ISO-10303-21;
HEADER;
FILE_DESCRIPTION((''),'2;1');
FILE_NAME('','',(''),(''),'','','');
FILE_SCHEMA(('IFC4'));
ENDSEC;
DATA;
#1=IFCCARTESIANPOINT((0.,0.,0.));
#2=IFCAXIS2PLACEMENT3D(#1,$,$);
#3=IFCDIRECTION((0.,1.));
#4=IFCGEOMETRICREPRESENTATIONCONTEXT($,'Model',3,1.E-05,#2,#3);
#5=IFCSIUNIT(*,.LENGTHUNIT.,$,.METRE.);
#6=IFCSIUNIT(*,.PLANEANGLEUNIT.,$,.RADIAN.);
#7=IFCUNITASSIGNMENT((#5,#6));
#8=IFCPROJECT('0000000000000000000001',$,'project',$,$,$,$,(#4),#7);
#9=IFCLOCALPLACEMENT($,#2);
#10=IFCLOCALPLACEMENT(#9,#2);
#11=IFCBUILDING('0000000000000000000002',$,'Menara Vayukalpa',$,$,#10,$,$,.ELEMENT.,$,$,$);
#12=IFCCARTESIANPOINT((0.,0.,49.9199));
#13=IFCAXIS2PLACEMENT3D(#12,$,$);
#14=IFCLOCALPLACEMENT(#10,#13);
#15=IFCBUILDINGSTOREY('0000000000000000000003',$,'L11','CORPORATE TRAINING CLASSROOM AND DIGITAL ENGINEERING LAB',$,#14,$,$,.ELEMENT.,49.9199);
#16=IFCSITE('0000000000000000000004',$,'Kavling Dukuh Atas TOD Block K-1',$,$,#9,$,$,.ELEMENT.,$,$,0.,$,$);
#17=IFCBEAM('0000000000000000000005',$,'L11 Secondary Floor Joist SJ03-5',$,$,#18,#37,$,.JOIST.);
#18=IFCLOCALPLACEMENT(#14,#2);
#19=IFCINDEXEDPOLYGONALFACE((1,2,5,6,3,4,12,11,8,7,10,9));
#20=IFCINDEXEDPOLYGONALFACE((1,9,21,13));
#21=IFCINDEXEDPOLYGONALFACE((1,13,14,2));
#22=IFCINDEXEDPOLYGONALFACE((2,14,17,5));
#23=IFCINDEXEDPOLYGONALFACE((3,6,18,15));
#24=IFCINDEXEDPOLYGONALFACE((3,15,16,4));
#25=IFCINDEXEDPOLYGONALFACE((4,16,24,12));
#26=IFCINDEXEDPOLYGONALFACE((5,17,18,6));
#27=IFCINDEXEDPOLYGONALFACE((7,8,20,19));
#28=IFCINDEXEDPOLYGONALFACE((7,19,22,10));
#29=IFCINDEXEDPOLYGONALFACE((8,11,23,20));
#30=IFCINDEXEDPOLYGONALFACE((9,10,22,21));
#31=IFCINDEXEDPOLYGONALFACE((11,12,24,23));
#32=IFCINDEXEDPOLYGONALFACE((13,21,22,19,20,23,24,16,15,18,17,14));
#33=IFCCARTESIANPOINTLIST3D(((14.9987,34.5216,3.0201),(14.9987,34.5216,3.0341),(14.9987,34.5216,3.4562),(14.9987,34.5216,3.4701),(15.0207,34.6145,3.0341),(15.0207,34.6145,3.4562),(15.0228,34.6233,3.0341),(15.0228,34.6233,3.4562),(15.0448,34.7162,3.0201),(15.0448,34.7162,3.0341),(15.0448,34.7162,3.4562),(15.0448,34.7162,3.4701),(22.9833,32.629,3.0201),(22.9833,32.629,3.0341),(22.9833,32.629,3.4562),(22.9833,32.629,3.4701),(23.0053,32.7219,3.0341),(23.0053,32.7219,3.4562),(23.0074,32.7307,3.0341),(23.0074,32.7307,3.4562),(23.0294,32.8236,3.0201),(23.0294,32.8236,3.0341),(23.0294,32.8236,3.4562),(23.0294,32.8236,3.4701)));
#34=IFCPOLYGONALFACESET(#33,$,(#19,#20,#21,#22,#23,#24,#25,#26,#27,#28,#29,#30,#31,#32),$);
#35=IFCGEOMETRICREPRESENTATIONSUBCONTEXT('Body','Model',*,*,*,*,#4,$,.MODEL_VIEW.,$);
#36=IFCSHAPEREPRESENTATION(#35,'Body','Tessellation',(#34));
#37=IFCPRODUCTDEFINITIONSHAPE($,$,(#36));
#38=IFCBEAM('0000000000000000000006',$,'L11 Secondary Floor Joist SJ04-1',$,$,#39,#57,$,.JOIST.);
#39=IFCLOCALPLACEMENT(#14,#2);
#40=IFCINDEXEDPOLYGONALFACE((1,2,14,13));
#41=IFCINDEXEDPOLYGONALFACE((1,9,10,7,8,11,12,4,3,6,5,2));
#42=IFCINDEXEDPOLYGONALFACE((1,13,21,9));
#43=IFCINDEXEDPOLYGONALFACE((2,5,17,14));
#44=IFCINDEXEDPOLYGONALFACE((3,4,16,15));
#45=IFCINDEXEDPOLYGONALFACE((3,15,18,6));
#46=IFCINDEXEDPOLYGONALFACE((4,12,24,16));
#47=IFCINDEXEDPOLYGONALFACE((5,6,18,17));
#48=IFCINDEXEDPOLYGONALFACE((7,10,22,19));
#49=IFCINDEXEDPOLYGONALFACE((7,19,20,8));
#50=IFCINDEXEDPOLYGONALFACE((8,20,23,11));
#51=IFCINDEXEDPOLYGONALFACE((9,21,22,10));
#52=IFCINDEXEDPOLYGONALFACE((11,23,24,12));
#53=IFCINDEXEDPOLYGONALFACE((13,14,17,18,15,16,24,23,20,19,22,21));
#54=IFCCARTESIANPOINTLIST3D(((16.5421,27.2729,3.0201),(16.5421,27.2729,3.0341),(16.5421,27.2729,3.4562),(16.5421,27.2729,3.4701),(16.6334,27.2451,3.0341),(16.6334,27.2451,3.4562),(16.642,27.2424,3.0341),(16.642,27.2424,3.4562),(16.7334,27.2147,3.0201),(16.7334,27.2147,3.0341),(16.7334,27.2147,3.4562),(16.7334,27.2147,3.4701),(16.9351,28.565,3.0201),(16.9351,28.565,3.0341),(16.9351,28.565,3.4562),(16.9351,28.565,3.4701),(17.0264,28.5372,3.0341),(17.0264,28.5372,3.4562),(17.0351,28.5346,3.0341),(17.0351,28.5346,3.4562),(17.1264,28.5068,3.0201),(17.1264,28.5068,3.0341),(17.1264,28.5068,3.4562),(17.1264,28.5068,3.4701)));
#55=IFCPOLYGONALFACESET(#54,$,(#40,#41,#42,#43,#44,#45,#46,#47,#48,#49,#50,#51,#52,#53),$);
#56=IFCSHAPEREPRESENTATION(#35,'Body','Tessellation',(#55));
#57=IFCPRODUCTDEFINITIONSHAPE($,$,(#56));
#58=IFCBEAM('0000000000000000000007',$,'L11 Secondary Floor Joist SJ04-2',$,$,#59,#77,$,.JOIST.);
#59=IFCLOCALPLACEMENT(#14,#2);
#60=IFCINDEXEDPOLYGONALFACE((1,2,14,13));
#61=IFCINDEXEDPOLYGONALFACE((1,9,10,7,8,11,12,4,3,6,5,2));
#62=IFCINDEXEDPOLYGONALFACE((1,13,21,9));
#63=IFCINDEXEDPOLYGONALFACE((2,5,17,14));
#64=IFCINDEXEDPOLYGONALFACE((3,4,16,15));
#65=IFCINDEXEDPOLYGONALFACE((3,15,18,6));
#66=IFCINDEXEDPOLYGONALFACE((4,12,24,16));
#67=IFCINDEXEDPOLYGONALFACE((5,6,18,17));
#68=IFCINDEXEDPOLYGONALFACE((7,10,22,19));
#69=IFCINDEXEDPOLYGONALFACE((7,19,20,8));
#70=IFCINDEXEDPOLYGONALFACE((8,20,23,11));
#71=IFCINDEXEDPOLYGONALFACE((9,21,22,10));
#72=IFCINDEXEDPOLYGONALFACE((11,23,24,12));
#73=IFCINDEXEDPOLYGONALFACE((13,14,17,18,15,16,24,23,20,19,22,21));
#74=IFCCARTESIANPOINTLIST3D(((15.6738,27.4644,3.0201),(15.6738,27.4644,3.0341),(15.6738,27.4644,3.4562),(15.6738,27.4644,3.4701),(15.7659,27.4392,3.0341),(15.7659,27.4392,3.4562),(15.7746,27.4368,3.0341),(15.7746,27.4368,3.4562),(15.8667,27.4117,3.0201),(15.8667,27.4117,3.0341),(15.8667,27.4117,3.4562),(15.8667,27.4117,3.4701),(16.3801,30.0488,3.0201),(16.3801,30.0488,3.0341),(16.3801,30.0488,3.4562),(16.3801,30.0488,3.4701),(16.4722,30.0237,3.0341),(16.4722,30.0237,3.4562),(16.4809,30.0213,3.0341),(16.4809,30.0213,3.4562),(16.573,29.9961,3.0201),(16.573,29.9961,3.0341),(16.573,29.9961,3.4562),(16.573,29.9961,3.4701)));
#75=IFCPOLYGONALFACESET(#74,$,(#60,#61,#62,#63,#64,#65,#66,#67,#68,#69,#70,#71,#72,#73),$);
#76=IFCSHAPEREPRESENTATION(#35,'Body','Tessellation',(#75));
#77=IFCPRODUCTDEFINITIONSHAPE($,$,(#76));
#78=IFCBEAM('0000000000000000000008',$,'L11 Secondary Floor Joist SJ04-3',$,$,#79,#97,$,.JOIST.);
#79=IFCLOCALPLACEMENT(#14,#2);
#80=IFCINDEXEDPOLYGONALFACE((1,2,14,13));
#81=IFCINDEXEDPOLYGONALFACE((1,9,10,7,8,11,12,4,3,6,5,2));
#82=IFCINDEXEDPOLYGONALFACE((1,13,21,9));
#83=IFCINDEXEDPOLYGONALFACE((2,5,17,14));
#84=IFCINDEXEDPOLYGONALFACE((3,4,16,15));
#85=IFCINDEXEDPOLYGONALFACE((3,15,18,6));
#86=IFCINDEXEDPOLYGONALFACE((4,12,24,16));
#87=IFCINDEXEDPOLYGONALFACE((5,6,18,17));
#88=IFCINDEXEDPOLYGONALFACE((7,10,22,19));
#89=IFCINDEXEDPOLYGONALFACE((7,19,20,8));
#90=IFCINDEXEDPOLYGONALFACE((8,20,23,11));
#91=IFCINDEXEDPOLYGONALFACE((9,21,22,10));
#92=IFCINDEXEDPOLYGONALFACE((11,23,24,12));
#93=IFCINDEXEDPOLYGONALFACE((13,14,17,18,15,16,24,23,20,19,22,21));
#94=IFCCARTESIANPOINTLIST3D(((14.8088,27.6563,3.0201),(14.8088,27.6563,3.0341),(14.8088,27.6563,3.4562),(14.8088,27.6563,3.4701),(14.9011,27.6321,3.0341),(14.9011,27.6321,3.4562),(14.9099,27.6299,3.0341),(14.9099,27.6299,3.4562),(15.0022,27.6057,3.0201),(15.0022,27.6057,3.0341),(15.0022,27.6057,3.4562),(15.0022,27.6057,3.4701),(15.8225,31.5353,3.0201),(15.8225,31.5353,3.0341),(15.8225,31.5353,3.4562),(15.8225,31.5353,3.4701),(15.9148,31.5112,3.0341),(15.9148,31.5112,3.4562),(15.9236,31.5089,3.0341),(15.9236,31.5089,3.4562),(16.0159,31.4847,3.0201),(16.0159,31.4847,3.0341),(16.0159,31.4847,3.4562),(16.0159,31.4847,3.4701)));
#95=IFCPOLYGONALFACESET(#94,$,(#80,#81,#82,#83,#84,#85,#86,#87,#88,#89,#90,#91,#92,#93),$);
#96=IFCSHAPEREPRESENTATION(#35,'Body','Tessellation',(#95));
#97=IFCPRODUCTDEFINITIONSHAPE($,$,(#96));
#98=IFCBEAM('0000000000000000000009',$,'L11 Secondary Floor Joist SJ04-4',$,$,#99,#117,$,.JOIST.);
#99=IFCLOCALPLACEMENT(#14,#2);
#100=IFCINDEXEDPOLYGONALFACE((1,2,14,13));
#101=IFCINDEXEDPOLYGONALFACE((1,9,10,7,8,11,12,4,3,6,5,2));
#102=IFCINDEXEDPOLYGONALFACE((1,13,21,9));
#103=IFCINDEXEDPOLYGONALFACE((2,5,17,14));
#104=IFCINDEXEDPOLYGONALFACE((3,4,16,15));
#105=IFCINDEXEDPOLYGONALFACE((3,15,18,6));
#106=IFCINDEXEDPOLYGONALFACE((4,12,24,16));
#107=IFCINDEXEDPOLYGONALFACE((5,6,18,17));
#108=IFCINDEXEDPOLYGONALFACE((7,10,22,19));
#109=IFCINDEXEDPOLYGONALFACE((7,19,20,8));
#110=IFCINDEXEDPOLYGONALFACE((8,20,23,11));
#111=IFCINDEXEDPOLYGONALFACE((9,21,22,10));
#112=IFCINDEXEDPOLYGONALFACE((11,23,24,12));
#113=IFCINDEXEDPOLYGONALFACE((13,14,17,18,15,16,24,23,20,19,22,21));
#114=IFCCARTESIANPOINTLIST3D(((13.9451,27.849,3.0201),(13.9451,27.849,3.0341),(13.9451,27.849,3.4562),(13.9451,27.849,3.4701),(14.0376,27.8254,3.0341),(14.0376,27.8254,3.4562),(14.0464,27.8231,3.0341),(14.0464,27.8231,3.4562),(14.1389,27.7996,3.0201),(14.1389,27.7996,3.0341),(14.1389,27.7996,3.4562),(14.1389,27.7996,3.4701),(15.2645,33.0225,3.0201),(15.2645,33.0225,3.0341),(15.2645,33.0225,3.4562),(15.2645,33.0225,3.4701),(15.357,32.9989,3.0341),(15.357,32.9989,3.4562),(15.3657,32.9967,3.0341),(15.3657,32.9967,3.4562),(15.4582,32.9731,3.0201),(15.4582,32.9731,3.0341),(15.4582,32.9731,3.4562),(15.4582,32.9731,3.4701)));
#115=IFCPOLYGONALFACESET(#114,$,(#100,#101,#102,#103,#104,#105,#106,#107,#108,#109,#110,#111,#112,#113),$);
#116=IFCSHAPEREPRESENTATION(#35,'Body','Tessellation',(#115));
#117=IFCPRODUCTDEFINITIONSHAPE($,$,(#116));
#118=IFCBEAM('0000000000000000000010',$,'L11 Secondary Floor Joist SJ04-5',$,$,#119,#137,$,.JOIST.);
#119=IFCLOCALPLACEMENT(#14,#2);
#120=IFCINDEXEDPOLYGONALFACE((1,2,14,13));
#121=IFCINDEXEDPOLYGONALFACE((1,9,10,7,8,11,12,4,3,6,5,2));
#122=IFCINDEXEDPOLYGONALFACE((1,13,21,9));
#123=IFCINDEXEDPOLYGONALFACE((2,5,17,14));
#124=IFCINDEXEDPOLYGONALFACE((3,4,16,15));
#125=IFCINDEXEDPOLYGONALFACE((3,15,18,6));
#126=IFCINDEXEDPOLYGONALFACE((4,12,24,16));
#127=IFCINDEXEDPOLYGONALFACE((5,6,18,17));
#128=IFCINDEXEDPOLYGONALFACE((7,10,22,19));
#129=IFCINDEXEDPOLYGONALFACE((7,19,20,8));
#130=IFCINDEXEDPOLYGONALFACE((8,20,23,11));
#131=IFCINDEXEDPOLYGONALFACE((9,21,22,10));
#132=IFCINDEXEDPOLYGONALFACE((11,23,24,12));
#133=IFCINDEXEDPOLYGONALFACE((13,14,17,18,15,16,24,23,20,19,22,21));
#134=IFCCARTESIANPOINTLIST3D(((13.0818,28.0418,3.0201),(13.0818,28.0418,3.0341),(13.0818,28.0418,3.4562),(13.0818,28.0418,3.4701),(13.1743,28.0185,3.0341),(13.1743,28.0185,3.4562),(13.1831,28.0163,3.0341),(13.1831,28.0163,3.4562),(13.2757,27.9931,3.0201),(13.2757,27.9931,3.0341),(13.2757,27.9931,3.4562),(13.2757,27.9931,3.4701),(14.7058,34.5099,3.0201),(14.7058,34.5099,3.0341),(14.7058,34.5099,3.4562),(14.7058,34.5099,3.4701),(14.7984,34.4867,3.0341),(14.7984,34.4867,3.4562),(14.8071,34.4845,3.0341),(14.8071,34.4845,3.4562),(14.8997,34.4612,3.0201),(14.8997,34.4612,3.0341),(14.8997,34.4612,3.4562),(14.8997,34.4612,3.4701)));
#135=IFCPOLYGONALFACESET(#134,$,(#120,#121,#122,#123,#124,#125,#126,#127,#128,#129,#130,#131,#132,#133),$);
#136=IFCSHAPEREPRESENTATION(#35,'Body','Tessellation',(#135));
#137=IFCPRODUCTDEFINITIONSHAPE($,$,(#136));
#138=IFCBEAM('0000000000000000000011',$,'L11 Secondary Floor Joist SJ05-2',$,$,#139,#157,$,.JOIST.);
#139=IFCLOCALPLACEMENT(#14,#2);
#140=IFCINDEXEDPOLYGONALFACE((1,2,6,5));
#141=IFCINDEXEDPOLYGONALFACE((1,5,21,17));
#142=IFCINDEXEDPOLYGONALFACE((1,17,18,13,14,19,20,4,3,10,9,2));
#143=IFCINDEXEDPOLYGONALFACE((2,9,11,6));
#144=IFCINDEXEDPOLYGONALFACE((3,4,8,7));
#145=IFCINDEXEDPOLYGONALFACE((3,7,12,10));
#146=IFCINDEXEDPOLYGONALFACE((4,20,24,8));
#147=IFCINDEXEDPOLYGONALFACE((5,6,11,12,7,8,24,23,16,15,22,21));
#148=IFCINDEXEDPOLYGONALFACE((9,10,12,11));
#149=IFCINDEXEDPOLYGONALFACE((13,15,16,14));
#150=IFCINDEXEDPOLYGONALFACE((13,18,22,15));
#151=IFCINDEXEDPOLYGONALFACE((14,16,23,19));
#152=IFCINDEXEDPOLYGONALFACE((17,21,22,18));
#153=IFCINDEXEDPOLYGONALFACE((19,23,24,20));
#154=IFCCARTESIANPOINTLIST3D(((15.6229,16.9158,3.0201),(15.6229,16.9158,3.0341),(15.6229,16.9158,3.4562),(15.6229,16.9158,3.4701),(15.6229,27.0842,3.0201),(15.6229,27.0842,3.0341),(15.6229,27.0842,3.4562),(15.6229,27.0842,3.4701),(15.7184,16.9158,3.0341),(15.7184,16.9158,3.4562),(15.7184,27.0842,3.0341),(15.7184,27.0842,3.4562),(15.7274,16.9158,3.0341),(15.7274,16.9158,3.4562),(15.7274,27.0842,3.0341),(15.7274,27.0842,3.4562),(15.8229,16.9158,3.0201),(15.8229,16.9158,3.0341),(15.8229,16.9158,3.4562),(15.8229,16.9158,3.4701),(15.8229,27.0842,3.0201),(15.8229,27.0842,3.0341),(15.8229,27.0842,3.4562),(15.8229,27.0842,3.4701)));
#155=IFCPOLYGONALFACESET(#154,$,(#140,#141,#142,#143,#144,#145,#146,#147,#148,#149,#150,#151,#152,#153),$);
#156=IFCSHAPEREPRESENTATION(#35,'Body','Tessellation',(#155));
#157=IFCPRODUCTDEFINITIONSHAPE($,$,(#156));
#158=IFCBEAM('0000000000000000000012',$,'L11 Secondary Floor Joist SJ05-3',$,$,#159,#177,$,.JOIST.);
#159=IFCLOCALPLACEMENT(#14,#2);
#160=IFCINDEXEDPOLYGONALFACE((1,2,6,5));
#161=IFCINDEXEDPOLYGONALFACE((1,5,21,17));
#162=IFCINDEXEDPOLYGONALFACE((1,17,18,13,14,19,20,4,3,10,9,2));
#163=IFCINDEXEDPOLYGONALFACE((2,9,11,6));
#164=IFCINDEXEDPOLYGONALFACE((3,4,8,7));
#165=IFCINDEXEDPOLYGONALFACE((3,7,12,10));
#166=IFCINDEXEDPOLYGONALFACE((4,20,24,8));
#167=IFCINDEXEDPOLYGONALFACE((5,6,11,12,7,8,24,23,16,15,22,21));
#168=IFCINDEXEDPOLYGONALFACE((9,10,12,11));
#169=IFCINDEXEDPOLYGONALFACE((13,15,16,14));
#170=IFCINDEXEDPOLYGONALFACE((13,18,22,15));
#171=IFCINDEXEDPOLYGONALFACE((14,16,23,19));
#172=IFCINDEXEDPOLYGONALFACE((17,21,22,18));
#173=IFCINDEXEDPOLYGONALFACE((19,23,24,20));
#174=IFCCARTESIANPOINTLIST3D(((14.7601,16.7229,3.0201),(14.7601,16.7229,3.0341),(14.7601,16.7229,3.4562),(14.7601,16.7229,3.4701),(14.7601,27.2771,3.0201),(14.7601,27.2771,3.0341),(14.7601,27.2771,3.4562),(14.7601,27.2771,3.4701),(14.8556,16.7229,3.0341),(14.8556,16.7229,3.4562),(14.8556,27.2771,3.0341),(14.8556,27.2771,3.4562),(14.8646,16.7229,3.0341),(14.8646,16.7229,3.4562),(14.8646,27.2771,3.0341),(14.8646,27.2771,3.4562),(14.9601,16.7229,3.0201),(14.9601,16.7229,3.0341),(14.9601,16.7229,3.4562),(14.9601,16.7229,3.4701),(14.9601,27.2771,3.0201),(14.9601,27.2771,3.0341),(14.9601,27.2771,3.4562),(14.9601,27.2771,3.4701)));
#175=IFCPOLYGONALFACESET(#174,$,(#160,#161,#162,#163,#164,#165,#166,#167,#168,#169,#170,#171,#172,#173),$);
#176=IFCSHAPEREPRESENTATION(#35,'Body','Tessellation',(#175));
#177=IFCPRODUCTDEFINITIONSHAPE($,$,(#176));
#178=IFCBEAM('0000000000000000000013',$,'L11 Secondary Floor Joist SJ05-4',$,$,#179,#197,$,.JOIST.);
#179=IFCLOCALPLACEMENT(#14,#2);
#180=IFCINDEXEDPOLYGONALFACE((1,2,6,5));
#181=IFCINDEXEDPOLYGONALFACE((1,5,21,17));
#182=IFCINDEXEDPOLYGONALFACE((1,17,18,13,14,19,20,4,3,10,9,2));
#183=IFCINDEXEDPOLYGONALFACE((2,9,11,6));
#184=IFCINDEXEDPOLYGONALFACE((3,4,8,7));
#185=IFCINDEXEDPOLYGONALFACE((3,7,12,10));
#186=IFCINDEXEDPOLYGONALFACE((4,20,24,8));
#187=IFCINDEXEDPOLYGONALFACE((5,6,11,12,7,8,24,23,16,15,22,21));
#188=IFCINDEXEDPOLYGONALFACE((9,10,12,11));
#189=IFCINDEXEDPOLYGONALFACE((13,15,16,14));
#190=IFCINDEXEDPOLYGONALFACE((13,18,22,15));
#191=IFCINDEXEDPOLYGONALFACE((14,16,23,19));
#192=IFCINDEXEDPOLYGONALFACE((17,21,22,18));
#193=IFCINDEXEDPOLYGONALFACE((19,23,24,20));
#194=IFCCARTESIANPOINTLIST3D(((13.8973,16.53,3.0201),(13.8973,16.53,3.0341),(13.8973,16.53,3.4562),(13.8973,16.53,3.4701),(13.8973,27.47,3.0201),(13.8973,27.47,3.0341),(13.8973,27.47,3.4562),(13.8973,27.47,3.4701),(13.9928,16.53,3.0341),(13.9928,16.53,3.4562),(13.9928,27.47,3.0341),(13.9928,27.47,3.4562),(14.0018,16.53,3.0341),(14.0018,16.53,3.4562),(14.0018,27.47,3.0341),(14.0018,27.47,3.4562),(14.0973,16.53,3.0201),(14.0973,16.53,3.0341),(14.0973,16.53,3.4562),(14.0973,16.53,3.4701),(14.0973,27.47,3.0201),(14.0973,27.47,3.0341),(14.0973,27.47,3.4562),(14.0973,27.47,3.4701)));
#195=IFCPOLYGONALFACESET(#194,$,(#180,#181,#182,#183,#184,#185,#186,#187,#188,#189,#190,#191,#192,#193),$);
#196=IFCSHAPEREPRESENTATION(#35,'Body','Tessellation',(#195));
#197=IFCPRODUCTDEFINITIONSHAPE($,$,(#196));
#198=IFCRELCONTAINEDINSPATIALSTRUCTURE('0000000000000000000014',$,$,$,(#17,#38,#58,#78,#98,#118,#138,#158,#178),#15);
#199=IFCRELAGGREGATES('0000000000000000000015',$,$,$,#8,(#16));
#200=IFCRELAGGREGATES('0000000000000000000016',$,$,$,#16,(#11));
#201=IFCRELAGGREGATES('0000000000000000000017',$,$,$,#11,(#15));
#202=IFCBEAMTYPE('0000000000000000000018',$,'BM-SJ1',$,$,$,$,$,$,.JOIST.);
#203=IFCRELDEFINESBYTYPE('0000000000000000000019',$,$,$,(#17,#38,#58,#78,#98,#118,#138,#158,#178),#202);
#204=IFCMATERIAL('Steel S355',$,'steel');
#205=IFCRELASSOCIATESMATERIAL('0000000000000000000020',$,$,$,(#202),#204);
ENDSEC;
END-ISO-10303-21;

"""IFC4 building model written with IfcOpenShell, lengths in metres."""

from ifc_helpers import new_model, si_unit, direction, frame, origin, origin_2d, place, context, subcontext, project, spatial, i_section, extrude, material, material_profile, profile_set, type_object, element, save


model = new_model("IFC4")

# Units and contexts
model_context = context("Model", 3, precision=1e-05, world=origin(), true_north=direction((0.0, 1.0)))
body_context = subcontext(model_context, "Body", "Model", "MODEL_VIEW")
ifc_project = project(units=[si_unit("LENGTHUNIT", "METRE"), si_unit("PLANEANGLEUNIT", "RADIAN")], contexts=[model_context])

# Site, building, storey
site_placement = place(None, origin())
site = spatial("IfcSite", under=ifc_project, at=site_placement, Name="Kavling Dukuh Atas TOD Block K-1", CompositionType="ELEMENT", RefElevation=0.0)
building_placement = place(site_placement, origin())
building = spatial("IfcBuilding", under=site, at=building_placement, Name="Menara Vayukalpa", CompositionType="ELEMENT")
storey_placement = place(building_placement, frame((0.0, 0.0, 49.9199)))
storey = spatial("IfcBuildingStorey", under=building, at=storey_placement, Name="L11", Description="CORPORATE TRAINING CLASSROOM AND DIGITAL ENGINEERING LAB", CompositionType="ELEMENT", Elevation=49.9199)

# Beams
ifc_material_1 = material(Name="Steel S355", Category="steel")
ifc_material_profile_1 = material_profile(ifc_material_1, i_section(OverallWidth=0.2, OverallDepth=0.45, WebThickness=0.009, FlangeThickness=0.0139, at=origin_2d()), Name="WF 450x200x9x14")
ifc_profile_set_1 = profile_set([ifc_material_profile_1], Name="Steel S355")
beam_type_1 = type_object("IfcBeamType", Name="BM-SJ1", PredefinedType="JOIST", material=ifc_profile_set_1)
beam_1_placement = place(storey_placement, frame((23.0063, 32.7263, 3.2451), z_axis=(-0.97304, 0.230638, 0.0), x_axis=(-0.230638, -0.97304, 0.0)))
element("IfcBeam", 1, at=beam_1_placement, inside=storey, type_object=beam_type_1, Name="L11 Secondary Floor Joist SJ03-5", PredefinedType="JOIST", context=body_context, shape_type="SweptSolid", body=[
    extrude(i_section(OverallWidth=0.2, OverallDepth=0.45, WebThickness=0.009, FlangeThickness=0.0139, at=origin_2d()), origin(), (0.0, 0.0, 1.0), 8.2058),
])
beam_2_placement = place(storey_placement, frame((17.0308, 28.5359, 3.2451), z_axis=(-0.291011, -0.95672, 0.0), x_axis=(0.95672, -0.291011, 0.0)))
element("IfcBeam", 2, at=beam_2_placement, inside=storey, type_object=beam_type_1, Name="L11 Secondary Floor Joist SJ04-1", PredefinedType="JOIST", context=body_context, shape_type="SweptSolid", body=[
    extrude(i_section(OverallWidth=0.2, OverallDepth=0.45, WebThickness=0.009, FlangeThickness=0.0139, at=origin_2d()), origin(), (0.0, 0.0, 1.0), 1.3506),
])
beam_3_placement = place(storey_placement, frame((16.4766, 30.0225, 3.2451), z_axis=(-0.263619, -0.964627, 0.0), x_axis=(0.964627, -0.263619, 0.0)))
element("IfcBeam", 3, at=beam_3_placement, inside=storey, type_object=beam_type_1, Name="L11 Secondary Floor Joist SJ04-2", PredefinedType="JOIST", context=body_context, shape_type="SweptSolid", body=[
    extrude(i_section(OverallWidth=0.2, OverallDepth=0.45, WebThickness=0.009, FlangeThickness=0.0139, at=origin_2d()), origin(), (0.0, 0.0, 1.0), 2.6792),
])
beam_4_placement = place(storey_placement, frame((15.9192, 31.51, 3.2451), z_axis=(-0.252838, -0.967509, 0.0), x_axis=(0.967509, -0.252838, 0.0)))
element("IfcBeam", 4, at=beam_4_placement, inside=storey, type_object=beam_type_1, Name="L11 Secondary Floor Joist SJ04-3", PredefinedType="JOIST", context=body_context, shape_type="SweptSolid", body=[
    extrude(i_section(OverallWidth=0.2, OverallDepth=0.45, WebThickness=0.009, FlangeThickness=0.0139, at=origin_2d()), origin(), (0.0, 0.0, 1.0), 4.0093),
])
beam_5_placement = place(storey_placement, frame((15.3613, 32.9978, 3.2451), z_axis=(-0.247106, -0.968989, 0.0), x_axis=(0.968989, -0.247106, 0.0)))
element("IfcBeam", 5, at=beam_5_placement, inside=storey, type_object=beam_type_1, Name="L11 Secondary Floor Joist SJ04-4", PredefinedType="JOIST", context=body_context, shape_type="SweptSolid", body=[
    extrude(i_section(OverallWidth=0.2, OverallDepth=0.45, WebThickness=0.009, FlangeThickness=0.0139, at=origin_2d()), origin(), (0.0, 0.0, 1.0), 5.3391),
])
beam_6_placement = place(storey_placement, frame((14.8027, 34.4856, 3.2451), z_axis=(-0.243517, -0.969897, 0.0), x_axis=(0.969897, -0.243517, 0.0)))
element("IfcBeam", 6, at=beam_6_placement, inside=storey, type_object=beam_type_1, Name="L11 Secondary Floor Joist SJ04-5", PredefinedType="JOIST", context=body_context, shape_type="SweptSolid", body=[
    extrude(i_section(OverallWidth=0.2, OverallDepth=0.45, WebThickness=0.009, FlangeThickness=0.0139, at=origin_2d()), origin(), (0.0, 0.0, 1.0), 6.6689),
])
beam_7_placement = place(storey_placement, frame((15.7229, 27.0842, 3.2451), z_axis=(0.0, -1.0, 0.0), x_axis=(1.0, 0.0, 0.0)))
element("IfcBeam", 7, at=beam_7_placement, inside=storey, type_object=beam_type_1, Name="L11 Secondary Floor Joist SJ05-2", PredefinedType="JOIST", context=body_context, shape_type="SweptSolid", body=[
    extrude(i_section(OverallWidth=0.2, OverallDepth=0.45, WebThickness=0.009, FlangeThickness=0.0139, at=origin_2d()), origin(), (0.0, 0.0, 1.0), 10.1685),
])
beam_8_placement = place(storey_placement, frame((14.8601, 27.2771, 3.2451), z_axis=(0.0, -1.0, 0.0), x_axis=(1.0, 0.0, 0.0)))
element("IfcBeam", 8, at=beam_8_placement, inside=storey, type_object=beam_type_1, Name="L11 Secondary Floor Joist SJ05-3", PredefinedType="JOIST", context=body_context, shape_type="SweptSolid", body=[
    extrude(i_section(OverallWidth=0.2, OverallDepth=0.45, WebThickness=0.009, FlangeThickness=0.0139, at=origin_2d()), origin(), (0.0, 0.0, 1.0), 10.5542),
])
beam_9_placement = place(storey_placement, frame((13.9973, 27.47, 3.2451), z_axis=(0.0, -1.0, 0.0), x_axis=(1.0, 0.0, 0.0)))
element("IfcBeam", 9, at=beam_9_placement, inside=storey, type_object=beam_type_1, Name="L11 Secondary Floor Joist SJ05-4", PredefinedType="JOIST", context=body_context, shape_type="SweptSolid", body=[
    extrude(i_section(OverallWidth=0.2, OverallDepth=0.45, WebThickness=0.009, FlangeThickness=0.0139, at=origin_2d()), origin(), (0.0, 0.0, 1.0), 10.9399),
])

save(model, "model.ifc")
